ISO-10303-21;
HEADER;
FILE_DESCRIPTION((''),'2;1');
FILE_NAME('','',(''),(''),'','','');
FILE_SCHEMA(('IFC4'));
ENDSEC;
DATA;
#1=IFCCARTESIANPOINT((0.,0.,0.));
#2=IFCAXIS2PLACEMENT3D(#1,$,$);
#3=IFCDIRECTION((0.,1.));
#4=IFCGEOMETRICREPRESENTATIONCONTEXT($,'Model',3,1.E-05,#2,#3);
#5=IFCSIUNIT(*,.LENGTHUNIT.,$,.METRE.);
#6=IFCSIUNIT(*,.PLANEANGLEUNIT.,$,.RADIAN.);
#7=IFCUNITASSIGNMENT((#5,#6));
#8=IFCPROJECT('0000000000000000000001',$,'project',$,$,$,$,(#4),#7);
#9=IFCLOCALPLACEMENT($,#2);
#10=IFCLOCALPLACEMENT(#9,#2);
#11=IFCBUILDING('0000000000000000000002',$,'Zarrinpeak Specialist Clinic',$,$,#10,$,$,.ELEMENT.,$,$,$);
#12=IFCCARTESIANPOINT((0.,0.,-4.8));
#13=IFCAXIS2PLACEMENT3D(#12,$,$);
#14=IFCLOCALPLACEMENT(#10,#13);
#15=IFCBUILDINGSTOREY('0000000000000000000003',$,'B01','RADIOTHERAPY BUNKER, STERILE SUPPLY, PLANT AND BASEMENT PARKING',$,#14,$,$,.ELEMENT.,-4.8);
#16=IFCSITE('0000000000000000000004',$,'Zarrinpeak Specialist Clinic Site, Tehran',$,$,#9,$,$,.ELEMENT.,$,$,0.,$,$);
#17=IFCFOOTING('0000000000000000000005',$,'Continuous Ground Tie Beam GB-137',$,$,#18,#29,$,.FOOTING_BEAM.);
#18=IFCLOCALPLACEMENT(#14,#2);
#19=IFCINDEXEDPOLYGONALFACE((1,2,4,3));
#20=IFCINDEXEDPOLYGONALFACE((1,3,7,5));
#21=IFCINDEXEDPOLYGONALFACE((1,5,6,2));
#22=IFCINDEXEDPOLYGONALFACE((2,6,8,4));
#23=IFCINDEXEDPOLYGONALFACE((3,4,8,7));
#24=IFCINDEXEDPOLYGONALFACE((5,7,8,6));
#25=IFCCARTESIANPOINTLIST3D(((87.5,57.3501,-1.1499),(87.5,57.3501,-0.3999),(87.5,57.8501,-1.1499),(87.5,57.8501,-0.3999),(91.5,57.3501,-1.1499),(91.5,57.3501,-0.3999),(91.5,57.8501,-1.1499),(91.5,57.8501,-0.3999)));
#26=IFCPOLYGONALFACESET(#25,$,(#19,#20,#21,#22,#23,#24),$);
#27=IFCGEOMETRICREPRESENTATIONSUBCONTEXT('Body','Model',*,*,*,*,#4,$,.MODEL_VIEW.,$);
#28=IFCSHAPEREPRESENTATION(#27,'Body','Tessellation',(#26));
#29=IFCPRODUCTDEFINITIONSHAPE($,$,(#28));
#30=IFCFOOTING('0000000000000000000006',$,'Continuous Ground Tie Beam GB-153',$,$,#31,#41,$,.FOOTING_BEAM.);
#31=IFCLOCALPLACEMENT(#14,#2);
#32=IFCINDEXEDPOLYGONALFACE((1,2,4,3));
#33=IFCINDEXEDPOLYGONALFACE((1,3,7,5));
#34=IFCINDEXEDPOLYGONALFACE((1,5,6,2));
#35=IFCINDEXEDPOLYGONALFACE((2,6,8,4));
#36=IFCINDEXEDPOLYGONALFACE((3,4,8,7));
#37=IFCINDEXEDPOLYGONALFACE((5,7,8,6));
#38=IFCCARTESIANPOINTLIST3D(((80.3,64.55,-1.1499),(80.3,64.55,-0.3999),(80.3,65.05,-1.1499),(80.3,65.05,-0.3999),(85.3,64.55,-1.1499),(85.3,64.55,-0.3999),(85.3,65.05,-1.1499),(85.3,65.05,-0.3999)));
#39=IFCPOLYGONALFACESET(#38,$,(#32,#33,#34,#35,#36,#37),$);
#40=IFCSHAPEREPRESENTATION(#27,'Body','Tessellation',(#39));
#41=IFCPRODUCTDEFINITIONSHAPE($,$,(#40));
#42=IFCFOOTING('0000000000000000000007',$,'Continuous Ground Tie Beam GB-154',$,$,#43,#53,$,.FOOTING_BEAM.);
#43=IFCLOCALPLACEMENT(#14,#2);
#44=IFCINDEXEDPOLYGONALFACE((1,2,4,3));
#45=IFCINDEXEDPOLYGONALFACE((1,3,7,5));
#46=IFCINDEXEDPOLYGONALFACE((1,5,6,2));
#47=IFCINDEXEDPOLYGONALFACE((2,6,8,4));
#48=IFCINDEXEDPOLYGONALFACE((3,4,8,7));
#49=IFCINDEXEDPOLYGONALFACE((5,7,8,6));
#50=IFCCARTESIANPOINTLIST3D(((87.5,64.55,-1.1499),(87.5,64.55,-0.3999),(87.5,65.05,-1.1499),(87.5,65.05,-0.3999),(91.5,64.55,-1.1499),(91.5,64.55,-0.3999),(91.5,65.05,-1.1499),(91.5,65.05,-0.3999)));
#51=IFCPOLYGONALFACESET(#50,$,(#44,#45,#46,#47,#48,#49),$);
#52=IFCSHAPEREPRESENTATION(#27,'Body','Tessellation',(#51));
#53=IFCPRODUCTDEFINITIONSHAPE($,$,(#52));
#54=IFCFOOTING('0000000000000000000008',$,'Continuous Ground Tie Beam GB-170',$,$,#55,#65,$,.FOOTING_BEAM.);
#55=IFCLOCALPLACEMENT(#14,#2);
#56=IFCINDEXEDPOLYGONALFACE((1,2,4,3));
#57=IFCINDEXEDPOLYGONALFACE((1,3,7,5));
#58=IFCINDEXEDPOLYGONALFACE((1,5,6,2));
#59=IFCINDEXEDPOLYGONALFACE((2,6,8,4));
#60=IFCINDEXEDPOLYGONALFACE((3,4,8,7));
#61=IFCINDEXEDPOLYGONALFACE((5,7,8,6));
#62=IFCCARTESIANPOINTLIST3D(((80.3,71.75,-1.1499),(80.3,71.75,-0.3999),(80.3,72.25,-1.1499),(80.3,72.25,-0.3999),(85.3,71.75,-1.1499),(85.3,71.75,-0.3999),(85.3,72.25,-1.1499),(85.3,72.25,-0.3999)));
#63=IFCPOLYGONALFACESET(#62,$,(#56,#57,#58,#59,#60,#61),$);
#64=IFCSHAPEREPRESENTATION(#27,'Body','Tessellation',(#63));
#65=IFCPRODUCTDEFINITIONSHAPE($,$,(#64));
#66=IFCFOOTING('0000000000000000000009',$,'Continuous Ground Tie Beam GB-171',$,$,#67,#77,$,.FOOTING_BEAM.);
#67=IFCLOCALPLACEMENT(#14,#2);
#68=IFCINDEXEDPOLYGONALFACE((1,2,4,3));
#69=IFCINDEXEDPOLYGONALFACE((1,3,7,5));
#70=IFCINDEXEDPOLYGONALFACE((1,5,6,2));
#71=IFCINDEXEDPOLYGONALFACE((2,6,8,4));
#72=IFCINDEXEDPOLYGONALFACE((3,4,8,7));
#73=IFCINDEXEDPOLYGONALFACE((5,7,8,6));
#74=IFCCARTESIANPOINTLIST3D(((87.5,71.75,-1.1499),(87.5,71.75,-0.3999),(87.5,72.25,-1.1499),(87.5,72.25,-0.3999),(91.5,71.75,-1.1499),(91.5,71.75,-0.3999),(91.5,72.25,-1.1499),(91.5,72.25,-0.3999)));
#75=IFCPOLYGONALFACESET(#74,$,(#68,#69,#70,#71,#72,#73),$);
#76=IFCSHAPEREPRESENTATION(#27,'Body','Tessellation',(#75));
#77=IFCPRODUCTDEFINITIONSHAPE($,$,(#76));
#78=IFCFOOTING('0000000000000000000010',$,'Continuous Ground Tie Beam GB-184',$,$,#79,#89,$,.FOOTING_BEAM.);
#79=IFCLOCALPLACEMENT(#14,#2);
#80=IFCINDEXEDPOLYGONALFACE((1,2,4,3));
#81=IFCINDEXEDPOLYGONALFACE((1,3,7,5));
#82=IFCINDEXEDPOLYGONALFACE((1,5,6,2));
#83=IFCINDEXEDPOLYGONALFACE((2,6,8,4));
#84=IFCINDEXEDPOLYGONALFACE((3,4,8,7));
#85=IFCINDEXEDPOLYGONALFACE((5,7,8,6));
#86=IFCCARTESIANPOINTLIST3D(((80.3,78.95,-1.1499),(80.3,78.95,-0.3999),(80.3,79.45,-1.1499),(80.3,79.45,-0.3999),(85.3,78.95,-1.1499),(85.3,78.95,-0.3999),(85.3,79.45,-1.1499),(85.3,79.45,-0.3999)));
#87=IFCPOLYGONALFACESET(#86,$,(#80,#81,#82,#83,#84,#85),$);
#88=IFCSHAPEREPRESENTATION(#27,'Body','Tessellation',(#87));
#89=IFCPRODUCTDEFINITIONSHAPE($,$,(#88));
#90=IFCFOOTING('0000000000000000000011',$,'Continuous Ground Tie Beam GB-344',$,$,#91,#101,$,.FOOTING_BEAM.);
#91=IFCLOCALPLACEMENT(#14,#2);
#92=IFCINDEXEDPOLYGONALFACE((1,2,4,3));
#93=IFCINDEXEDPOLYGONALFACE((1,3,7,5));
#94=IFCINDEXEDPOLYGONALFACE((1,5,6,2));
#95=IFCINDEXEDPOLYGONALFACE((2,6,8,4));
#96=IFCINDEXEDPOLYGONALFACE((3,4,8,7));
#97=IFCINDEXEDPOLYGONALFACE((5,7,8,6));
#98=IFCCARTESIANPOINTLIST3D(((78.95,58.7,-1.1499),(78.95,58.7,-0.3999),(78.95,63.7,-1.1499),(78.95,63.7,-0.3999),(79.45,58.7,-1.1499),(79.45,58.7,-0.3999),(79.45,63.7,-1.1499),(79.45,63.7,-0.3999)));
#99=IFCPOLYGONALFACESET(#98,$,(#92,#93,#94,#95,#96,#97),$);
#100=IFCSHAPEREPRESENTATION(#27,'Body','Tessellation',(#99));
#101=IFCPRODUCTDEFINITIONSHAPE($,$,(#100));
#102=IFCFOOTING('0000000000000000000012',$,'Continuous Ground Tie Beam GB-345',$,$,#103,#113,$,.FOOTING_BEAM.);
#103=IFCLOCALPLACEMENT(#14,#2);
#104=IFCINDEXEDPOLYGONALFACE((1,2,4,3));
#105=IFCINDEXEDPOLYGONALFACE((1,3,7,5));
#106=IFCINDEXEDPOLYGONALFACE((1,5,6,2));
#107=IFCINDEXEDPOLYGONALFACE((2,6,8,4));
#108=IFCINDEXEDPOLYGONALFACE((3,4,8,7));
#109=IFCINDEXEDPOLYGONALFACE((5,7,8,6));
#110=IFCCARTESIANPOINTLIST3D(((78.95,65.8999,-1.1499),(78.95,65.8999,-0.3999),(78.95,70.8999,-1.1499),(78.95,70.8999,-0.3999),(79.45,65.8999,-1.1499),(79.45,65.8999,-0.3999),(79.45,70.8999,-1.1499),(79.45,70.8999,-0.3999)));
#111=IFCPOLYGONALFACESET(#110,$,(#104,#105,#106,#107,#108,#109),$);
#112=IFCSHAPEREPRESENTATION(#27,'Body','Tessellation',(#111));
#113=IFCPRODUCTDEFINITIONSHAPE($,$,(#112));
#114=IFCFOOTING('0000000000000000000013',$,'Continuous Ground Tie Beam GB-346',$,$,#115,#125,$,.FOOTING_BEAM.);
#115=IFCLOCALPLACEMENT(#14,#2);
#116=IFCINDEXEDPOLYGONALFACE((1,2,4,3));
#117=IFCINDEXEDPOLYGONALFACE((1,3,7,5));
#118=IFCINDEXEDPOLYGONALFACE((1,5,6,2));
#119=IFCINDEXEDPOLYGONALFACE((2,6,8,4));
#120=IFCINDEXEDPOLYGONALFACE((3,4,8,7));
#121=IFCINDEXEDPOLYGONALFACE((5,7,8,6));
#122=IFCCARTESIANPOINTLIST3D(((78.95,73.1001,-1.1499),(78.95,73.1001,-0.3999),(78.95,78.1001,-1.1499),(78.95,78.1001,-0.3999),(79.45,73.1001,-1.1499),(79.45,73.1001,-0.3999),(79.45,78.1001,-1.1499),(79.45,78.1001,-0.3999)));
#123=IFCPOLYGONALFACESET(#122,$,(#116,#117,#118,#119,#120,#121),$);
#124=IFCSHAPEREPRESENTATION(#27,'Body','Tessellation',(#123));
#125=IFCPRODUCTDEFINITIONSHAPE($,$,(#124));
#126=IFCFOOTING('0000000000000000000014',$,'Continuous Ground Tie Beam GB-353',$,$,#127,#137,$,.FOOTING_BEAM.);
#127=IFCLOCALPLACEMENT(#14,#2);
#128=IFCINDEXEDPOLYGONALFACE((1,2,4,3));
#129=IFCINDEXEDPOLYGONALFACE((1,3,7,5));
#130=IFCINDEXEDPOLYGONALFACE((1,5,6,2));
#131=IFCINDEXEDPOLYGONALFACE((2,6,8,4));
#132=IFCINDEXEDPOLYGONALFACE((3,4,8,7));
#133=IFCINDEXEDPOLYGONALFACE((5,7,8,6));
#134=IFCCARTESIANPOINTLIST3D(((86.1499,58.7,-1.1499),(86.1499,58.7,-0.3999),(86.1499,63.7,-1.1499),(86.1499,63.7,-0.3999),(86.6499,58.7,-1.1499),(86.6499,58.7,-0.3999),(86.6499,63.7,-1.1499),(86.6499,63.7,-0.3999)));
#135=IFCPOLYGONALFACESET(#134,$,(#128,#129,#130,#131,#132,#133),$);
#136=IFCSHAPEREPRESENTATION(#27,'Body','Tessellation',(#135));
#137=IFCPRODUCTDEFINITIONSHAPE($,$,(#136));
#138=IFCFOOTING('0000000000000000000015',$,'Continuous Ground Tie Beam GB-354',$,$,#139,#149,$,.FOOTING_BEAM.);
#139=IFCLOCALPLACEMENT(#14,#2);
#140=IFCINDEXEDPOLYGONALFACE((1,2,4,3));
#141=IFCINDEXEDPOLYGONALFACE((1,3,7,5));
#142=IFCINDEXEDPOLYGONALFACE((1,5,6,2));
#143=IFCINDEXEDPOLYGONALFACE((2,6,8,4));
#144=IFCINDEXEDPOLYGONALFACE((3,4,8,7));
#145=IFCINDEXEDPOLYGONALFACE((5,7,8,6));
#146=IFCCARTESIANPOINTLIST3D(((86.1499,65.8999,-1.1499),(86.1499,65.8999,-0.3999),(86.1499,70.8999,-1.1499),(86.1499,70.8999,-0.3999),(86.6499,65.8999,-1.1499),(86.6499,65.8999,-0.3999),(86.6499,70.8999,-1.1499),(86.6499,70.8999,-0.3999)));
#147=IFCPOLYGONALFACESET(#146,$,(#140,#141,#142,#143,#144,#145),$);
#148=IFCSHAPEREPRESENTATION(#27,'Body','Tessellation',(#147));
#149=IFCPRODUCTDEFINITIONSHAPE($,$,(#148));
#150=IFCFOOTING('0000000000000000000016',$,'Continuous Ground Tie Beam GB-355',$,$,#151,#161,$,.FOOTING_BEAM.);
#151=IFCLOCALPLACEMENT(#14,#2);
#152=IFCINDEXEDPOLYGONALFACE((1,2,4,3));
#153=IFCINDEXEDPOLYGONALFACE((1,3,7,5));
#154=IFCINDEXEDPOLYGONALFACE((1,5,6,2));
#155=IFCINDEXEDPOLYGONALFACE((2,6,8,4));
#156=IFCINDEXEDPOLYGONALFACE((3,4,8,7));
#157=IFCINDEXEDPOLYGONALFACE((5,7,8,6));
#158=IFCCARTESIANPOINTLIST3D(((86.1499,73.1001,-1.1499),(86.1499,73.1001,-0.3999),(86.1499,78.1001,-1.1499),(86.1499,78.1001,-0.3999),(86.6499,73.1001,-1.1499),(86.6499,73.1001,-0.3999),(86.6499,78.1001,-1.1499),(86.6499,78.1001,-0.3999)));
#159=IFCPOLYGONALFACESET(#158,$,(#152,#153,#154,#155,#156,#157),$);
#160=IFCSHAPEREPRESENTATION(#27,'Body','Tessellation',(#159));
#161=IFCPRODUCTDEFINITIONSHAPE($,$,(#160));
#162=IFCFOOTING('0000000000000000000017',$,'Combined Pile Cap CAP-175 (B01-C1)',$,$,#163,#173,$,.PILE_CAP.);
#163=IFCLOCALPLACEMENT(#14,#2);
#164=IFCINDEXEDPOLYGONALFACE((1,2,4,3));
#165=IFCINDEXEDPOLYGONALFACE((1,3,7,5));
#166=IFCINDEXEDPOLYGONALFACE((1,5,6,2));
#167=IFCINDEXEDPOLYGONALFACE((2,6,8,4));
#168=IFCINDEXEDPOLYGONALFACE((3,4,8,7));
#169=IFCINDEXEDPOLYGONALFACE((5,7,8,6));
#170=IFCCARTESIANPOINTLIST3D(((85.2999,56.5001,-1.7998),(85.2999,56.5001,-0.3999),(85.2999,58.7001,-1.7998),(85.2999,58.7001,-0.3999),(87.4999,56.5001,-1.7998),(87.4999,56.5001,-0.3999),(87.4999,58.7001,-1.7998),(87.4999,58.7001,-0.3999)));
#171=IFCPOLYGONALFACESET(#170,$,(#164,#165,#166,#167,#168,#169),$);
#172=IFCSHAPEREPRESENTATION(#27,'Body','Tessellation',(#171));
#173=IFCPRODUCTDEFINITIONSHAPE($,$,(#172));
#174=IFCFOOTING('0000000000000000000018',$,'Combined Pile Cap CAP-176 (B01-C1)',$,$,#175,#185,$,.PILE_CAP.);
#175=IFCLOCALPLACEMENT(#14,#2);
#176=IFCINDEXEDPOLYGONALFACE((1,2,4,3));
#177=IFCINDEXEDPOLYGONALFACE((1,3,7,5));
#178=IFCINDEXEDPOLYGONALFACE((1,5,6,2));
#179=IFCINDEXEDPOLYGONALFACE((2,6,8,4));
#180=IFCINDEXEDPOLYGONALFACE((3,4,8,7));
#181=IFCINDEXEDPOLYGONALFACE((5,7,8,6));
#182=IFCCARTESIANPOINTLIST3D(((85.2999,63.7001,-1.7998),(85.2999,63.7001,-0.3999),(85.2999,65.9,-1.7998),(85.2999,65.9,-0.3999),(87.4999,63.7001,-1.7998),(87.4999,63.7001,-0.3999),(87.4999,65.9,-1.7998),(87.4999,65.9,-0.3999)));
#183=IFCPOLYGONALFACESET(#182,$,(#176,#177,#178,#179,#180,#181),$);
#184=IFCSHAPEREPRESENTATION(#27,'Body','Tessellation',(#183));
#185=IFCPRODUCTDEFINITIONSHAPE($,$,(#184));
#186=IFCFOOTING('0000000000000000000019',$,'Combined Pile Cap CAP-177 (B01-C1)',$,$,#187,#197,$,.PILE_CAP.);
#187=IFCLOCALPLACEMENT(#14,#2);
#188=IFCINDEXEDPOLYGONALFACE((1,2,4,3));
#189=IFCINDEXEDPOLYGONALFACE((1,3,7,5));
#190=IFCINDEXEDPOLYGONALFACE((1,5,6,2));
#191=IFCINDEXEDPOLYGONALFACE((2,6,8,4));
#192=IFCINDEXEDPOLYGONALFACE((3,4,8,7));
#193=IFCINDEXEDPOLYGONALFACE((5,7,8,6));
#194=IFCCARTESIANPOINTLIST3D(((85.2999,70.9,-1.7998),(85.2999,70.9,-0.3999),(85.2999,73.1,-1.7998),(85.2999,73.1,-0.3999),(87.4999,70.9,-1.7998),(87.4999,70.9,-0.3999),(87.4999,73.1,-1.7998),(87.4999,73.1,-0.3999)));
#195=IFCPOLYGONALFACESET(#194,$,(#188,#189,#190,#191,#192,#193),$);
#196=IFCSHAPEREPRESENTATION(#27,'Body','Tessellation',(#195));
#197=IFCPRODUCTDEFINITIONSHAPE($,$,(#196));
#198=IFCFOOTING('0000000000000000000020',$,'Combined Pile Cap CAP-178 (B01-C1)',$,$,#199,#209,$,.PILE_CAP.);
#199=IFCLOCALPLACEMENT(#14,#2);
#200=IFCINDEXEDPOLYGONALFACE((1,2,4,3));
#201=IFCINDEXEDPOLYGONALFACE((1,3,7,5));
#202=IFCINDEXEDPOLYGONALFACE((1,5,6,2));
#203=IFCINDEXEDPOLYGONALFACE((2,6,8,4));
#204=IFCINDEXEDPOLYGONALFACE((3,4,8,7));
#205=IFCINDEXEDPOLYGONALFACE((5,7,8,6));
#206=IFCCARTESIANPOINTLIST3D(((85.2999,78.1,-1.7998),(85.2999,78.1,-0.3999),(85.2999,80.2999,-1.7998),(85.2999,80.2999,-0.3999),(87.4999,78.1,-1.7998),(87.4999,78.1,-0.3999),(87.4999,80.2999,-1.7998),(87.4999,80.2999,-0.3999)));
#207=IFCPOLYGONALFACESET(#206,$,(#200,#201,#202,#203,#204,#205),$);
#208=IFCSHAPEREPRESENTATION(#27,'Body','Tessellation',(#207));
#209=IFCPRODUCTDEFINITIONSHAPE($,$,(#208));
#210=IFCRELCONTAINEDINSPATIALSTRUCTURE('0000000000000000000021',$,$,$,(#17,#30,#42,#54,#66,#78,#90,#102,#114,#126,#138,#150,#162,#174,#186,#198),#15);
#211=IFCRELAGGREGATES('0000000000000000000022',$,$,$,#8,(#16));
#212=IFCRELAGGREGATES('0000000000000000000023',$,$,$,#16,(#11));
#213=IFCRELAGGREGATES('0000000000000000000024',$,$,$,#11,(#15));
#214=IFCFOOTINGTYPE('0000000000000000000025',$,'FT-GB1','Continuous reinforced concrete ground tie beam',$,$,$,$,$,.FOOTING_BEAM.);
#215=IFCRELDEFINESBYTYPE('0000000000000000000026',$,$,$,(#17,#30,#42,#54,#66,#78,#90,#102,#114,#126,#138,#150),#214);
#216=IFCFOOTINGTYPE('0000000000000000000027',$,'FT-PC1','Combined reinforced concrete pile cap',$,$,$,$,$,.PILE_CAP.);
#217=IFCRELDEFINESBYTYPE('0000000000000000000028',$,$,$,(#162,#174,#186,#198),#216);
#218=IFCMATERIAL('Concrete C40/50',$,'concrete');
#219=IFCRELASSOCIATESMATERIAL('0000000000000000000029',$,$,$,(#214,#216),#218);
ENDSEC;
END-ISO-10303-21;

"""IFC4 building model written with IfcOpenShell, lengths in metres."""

from ifc_helpers import new_model, si_unit, direction, frame, origin, origin_2d, place, context, subcontext, project, spatial, rectangle, extrude, material, material_profile, profile_set, type_object, element, save


model = new_model("IFC4")

# Units and contexts
model_context = context("Model", 3, precision=1e-05, world=origin(), true_north=direction((0.0, 1.0)))
body_context = subcontext(model_context, "Body", "Model", "MODEL_VIEW")
ifc_project = project(units=[si_unit("LENGTHUNIT", "METRE"), si_unit("PLANEANGLEUNIT", "RADIAN")], contexts=[model_context])

# Site, building, storey
site_placement = place(None, origin())
site = spatial("IfcSite", under=ifc_project, at=site_placement, Name="Zarrinpeak Specialist Clinic Site, Tehran", CompositionType="ELEMENT", RefElevation=0.0)
building_placement = place(site_placement, origin())
building = spatial("IfcBuilding", under=site, at=building_placement, Name="Zarrinpeak Specialist Clinic", CompositionType="ELEMENT")
storey_placement = place(building_placement, frame((0.0, 0.0, -4.8)))
storey = spatial("IfcBuildingStorey", under=building, at=storey_placement, Name="B01", Description="RADIOTHERAPY BUNKER, STERILE SUPPLY, PLANT AND BASEMENT PARKING", CompositionType="ELEMENT", Elevation=-4.8)

# Footings
ifc_material = material(Name="Concrete C40/50", Category="concrete")
ifc_material_profile_1 = material_profile(ifc_material, rectangle(XDim=0.5, YDim=0.75, at=origin_2d()), Name="RC 500x750")
ifc_profile_set_1 = profile_set([ifc_material_profile_1], Name="Concrete C40/50")
footing_type_1 = type_object("IfcFootingType", Name="FT-GB1", Description="Continuous reinforced concrete ground tie beam", PredefinedType="FOOTING_BEAM", material=ifc_profile_set_1)
footing_1_placement = place(storey_placement, frame((87.5, 57.6001, -0.7749), z_axis=(1.0, 0.0, 0.0), x_axis=(0.0, 1.0, 0.0)))
element("IfcFooting", 1, at=footing_1_placement, inside=storey, type_object=footing_type_1, Name="Continuous Ground Tie Beam GB-137", PredefinedType="FOOTING_BEAM", context=body_context, shape_type="SweptSolid", body=[
    extrude(rectangle(XDim=0.5, YDim=0.75, at=origin_2d()), origin(), (0.0, 0.0, 1.0), 4.0),
])
footing_2_placement = place(storey_placement, frame((80.3, 64.8, -0.7749), z_axis=(1.0, 0.0, 0.0), x_axis=(0.0, 1.0, 0.0)))
element("IfcFooting", 2, at=footing_2_placement, inside=storey, type_object=footing_type_1, Name="Continuous Ground Tie Beam GB-153", PredefinedType="FOOTING_BEAM", context=body_context, shape_type="SweptSolid", body=[
    extrude(rectangle(XDim=0.5, YDim=0.75, at=origin_2d()), origin(), (0.0, 0.0, 1.0), 5.0),
])
footing_3_placement = place(storey_placement, frame((87.5, 64.8, -0.7749), z_axis=(1.0, 0.0, 0.0), x_axis=(0.0, 1.0, 0.0)))
element("IfcFooting", 3, at=footing_3_placement, inside=storey, type_object=footing_type_1, Name="Continuous Ground Tie Beam GB-154", PredefinedType="FOOTING_BEAM", context=body_context, shape_type="SweptSolid", body=[
    extrude(rectangle(XDim=0.5, YDim=0.75, at=origin_2d()), origin(), (0.0, 0.0, 1.0), 4.0),
])
footing_4_placement = place(storey_placement, frame((80.3, 72.0, -0.7749), z_axis=(1.0, 0.0, 0.0), x_axis=(0.0, 1.0, 0.0)))
element("IfcFooting", 4, at=footing_4_placement, inside=storey, type_object=footing_type_1, Name="Continuous Ground Tie Beam GB-170", PredefinedType="FOOTING_BEAM", context=body_context, shape_type="SweptSolid", body=[
    extrude(rectangle(XDim=0.5, YDim=0.75, at=origin_2d()), origin(), (0.0, 0.0, 1.0), 5.0),
])
footing_5_placement = place(storey_placement, frame((87.5, 72.0, -0.7749), z_axis=(1.0, 0.0, 0.0), x_axis=(0.0, 1.0, 0.0)))
element("IfcFooting", 5, at=footing_5_placement, inside=storey, type_object=footing_type_1, Name="Continuous Ground Tie Beam GB-171", PredefinedType="FOOTING_BEAM", context=body_context, shape_type="SweptSolid", body=[
    extrude(rectangle(XDim=0.5, YDim=0.75, at=origin_2d()), origin(), (0.0, 0.0, 1.0), 4.0),
])
for number, where, z_axis, x_axis, name in (
    (6, (80.3, 79.2, -0.7749), (1.0, 0.0, 0.0), (0.0, 1.0, 0.0), "Continuous Ground Tie Beam GB-184"),
    (7, (79.2, 58.7, -0.7749), (0.0, 1.0, 0.0), (-1.0, 0.0, 0.0), "Continuous Ground Tie Beam GB-344"),
    (8, (79.2, 65.8999, -0.7749), (0.0, 1.0, 0.0), (-1.0, 0.0, 0.0), "Continuous Ground Tie Beam GB-345"),
    (9, (79.2, 73.1001, -0.7749), (0.0, 1.0, 0.0), (-1.0, 0.0, 0.0), "Continuous Ground Tie Beam GB-346"),
    (10, (86.3999, 58.7, -0.7749), (0.0, 1.0, 0.0), (-1.0, 0.0, 0.0), "Continuous Ground Tie Beam GB-353"),
    (11, (86.3999, 65.8999, -0.7749), (0.0, 1.0, 0.0), (-1.0, 0.0, 0.0), "Continuous Ground Tie Beam GB-354"),
    (12, (86.3999, 73.1001, -0.7749), (0.0, 1.0, 0.0), (-1.0, 0.0, 0.0), "Continuous Ground Tie Beam GB-355"),
):
    element("IfcFooting", number, at=place(storey_placement, frame(where, z_axis=z_axis, x_axis=x_axis)), inside=storey, type_object=footing_type_1, Name=name, PredefinedType="FOOTING_BEAM", context=body_context, shape_type="SweptSolid", body=[
        extrude(rectangle(XDim=0.5, YDim=0.75, at=origin_2d()), origin(), (0.0, 0.0, 1.0), 5.0),
    ])
footing_type_2 = type_object("IfcFootingType", Name="FT-PC1", Description="Combined reinforced concrete pile cap", PredefinedType="PILE_CAP", material=ifc_material)
for number, where, z_axis, x_axis, name in (
    (13, (86.3999, 57.6001, -1.7998), (0.0, 0.0, 1.0), (1.0, 0.0, 0.0), "Combined Pile Cap CAP-175 (B01-C1)"),
    (14, (86.3999, 64.8, -1.7998), (0.0, 0.0, 1.0), (1.0, 0.0, 0.0), "Combined Pile Cap CAP-176 (B01-C1)"),
    (15, (86.3999, 72.0, -1.7998), (0.0, 0.0, 1.0), (1.0, 0.0, 0.0), "Combined Pile Cap CAP-177 (B01-C1)"),
    (16, (86.3999, 79.2, -1.7998), (0.0, 0.0, 1.0), (1.0, 0.0, 0.0), "Combined Pile Cap CAP-178 (B01-C1)"),
):
    element("IfcFooting", number, at=place(storey_placement, frame(where, z_axis=z_axis, x_axis=x_axis)), inside=storey, type_object=footing_type_2, Name=name, PredefinedType="PILE_CAP", context=body_context, shape_type="SweptSolid", body=[
        extrude(rectangle(XDim=2.2, YDim=2.2, at=origin_2d()), origin(), (0.0, 0.0, 1.0), 1.3999),
    ])

save(model, "model.ifc")
